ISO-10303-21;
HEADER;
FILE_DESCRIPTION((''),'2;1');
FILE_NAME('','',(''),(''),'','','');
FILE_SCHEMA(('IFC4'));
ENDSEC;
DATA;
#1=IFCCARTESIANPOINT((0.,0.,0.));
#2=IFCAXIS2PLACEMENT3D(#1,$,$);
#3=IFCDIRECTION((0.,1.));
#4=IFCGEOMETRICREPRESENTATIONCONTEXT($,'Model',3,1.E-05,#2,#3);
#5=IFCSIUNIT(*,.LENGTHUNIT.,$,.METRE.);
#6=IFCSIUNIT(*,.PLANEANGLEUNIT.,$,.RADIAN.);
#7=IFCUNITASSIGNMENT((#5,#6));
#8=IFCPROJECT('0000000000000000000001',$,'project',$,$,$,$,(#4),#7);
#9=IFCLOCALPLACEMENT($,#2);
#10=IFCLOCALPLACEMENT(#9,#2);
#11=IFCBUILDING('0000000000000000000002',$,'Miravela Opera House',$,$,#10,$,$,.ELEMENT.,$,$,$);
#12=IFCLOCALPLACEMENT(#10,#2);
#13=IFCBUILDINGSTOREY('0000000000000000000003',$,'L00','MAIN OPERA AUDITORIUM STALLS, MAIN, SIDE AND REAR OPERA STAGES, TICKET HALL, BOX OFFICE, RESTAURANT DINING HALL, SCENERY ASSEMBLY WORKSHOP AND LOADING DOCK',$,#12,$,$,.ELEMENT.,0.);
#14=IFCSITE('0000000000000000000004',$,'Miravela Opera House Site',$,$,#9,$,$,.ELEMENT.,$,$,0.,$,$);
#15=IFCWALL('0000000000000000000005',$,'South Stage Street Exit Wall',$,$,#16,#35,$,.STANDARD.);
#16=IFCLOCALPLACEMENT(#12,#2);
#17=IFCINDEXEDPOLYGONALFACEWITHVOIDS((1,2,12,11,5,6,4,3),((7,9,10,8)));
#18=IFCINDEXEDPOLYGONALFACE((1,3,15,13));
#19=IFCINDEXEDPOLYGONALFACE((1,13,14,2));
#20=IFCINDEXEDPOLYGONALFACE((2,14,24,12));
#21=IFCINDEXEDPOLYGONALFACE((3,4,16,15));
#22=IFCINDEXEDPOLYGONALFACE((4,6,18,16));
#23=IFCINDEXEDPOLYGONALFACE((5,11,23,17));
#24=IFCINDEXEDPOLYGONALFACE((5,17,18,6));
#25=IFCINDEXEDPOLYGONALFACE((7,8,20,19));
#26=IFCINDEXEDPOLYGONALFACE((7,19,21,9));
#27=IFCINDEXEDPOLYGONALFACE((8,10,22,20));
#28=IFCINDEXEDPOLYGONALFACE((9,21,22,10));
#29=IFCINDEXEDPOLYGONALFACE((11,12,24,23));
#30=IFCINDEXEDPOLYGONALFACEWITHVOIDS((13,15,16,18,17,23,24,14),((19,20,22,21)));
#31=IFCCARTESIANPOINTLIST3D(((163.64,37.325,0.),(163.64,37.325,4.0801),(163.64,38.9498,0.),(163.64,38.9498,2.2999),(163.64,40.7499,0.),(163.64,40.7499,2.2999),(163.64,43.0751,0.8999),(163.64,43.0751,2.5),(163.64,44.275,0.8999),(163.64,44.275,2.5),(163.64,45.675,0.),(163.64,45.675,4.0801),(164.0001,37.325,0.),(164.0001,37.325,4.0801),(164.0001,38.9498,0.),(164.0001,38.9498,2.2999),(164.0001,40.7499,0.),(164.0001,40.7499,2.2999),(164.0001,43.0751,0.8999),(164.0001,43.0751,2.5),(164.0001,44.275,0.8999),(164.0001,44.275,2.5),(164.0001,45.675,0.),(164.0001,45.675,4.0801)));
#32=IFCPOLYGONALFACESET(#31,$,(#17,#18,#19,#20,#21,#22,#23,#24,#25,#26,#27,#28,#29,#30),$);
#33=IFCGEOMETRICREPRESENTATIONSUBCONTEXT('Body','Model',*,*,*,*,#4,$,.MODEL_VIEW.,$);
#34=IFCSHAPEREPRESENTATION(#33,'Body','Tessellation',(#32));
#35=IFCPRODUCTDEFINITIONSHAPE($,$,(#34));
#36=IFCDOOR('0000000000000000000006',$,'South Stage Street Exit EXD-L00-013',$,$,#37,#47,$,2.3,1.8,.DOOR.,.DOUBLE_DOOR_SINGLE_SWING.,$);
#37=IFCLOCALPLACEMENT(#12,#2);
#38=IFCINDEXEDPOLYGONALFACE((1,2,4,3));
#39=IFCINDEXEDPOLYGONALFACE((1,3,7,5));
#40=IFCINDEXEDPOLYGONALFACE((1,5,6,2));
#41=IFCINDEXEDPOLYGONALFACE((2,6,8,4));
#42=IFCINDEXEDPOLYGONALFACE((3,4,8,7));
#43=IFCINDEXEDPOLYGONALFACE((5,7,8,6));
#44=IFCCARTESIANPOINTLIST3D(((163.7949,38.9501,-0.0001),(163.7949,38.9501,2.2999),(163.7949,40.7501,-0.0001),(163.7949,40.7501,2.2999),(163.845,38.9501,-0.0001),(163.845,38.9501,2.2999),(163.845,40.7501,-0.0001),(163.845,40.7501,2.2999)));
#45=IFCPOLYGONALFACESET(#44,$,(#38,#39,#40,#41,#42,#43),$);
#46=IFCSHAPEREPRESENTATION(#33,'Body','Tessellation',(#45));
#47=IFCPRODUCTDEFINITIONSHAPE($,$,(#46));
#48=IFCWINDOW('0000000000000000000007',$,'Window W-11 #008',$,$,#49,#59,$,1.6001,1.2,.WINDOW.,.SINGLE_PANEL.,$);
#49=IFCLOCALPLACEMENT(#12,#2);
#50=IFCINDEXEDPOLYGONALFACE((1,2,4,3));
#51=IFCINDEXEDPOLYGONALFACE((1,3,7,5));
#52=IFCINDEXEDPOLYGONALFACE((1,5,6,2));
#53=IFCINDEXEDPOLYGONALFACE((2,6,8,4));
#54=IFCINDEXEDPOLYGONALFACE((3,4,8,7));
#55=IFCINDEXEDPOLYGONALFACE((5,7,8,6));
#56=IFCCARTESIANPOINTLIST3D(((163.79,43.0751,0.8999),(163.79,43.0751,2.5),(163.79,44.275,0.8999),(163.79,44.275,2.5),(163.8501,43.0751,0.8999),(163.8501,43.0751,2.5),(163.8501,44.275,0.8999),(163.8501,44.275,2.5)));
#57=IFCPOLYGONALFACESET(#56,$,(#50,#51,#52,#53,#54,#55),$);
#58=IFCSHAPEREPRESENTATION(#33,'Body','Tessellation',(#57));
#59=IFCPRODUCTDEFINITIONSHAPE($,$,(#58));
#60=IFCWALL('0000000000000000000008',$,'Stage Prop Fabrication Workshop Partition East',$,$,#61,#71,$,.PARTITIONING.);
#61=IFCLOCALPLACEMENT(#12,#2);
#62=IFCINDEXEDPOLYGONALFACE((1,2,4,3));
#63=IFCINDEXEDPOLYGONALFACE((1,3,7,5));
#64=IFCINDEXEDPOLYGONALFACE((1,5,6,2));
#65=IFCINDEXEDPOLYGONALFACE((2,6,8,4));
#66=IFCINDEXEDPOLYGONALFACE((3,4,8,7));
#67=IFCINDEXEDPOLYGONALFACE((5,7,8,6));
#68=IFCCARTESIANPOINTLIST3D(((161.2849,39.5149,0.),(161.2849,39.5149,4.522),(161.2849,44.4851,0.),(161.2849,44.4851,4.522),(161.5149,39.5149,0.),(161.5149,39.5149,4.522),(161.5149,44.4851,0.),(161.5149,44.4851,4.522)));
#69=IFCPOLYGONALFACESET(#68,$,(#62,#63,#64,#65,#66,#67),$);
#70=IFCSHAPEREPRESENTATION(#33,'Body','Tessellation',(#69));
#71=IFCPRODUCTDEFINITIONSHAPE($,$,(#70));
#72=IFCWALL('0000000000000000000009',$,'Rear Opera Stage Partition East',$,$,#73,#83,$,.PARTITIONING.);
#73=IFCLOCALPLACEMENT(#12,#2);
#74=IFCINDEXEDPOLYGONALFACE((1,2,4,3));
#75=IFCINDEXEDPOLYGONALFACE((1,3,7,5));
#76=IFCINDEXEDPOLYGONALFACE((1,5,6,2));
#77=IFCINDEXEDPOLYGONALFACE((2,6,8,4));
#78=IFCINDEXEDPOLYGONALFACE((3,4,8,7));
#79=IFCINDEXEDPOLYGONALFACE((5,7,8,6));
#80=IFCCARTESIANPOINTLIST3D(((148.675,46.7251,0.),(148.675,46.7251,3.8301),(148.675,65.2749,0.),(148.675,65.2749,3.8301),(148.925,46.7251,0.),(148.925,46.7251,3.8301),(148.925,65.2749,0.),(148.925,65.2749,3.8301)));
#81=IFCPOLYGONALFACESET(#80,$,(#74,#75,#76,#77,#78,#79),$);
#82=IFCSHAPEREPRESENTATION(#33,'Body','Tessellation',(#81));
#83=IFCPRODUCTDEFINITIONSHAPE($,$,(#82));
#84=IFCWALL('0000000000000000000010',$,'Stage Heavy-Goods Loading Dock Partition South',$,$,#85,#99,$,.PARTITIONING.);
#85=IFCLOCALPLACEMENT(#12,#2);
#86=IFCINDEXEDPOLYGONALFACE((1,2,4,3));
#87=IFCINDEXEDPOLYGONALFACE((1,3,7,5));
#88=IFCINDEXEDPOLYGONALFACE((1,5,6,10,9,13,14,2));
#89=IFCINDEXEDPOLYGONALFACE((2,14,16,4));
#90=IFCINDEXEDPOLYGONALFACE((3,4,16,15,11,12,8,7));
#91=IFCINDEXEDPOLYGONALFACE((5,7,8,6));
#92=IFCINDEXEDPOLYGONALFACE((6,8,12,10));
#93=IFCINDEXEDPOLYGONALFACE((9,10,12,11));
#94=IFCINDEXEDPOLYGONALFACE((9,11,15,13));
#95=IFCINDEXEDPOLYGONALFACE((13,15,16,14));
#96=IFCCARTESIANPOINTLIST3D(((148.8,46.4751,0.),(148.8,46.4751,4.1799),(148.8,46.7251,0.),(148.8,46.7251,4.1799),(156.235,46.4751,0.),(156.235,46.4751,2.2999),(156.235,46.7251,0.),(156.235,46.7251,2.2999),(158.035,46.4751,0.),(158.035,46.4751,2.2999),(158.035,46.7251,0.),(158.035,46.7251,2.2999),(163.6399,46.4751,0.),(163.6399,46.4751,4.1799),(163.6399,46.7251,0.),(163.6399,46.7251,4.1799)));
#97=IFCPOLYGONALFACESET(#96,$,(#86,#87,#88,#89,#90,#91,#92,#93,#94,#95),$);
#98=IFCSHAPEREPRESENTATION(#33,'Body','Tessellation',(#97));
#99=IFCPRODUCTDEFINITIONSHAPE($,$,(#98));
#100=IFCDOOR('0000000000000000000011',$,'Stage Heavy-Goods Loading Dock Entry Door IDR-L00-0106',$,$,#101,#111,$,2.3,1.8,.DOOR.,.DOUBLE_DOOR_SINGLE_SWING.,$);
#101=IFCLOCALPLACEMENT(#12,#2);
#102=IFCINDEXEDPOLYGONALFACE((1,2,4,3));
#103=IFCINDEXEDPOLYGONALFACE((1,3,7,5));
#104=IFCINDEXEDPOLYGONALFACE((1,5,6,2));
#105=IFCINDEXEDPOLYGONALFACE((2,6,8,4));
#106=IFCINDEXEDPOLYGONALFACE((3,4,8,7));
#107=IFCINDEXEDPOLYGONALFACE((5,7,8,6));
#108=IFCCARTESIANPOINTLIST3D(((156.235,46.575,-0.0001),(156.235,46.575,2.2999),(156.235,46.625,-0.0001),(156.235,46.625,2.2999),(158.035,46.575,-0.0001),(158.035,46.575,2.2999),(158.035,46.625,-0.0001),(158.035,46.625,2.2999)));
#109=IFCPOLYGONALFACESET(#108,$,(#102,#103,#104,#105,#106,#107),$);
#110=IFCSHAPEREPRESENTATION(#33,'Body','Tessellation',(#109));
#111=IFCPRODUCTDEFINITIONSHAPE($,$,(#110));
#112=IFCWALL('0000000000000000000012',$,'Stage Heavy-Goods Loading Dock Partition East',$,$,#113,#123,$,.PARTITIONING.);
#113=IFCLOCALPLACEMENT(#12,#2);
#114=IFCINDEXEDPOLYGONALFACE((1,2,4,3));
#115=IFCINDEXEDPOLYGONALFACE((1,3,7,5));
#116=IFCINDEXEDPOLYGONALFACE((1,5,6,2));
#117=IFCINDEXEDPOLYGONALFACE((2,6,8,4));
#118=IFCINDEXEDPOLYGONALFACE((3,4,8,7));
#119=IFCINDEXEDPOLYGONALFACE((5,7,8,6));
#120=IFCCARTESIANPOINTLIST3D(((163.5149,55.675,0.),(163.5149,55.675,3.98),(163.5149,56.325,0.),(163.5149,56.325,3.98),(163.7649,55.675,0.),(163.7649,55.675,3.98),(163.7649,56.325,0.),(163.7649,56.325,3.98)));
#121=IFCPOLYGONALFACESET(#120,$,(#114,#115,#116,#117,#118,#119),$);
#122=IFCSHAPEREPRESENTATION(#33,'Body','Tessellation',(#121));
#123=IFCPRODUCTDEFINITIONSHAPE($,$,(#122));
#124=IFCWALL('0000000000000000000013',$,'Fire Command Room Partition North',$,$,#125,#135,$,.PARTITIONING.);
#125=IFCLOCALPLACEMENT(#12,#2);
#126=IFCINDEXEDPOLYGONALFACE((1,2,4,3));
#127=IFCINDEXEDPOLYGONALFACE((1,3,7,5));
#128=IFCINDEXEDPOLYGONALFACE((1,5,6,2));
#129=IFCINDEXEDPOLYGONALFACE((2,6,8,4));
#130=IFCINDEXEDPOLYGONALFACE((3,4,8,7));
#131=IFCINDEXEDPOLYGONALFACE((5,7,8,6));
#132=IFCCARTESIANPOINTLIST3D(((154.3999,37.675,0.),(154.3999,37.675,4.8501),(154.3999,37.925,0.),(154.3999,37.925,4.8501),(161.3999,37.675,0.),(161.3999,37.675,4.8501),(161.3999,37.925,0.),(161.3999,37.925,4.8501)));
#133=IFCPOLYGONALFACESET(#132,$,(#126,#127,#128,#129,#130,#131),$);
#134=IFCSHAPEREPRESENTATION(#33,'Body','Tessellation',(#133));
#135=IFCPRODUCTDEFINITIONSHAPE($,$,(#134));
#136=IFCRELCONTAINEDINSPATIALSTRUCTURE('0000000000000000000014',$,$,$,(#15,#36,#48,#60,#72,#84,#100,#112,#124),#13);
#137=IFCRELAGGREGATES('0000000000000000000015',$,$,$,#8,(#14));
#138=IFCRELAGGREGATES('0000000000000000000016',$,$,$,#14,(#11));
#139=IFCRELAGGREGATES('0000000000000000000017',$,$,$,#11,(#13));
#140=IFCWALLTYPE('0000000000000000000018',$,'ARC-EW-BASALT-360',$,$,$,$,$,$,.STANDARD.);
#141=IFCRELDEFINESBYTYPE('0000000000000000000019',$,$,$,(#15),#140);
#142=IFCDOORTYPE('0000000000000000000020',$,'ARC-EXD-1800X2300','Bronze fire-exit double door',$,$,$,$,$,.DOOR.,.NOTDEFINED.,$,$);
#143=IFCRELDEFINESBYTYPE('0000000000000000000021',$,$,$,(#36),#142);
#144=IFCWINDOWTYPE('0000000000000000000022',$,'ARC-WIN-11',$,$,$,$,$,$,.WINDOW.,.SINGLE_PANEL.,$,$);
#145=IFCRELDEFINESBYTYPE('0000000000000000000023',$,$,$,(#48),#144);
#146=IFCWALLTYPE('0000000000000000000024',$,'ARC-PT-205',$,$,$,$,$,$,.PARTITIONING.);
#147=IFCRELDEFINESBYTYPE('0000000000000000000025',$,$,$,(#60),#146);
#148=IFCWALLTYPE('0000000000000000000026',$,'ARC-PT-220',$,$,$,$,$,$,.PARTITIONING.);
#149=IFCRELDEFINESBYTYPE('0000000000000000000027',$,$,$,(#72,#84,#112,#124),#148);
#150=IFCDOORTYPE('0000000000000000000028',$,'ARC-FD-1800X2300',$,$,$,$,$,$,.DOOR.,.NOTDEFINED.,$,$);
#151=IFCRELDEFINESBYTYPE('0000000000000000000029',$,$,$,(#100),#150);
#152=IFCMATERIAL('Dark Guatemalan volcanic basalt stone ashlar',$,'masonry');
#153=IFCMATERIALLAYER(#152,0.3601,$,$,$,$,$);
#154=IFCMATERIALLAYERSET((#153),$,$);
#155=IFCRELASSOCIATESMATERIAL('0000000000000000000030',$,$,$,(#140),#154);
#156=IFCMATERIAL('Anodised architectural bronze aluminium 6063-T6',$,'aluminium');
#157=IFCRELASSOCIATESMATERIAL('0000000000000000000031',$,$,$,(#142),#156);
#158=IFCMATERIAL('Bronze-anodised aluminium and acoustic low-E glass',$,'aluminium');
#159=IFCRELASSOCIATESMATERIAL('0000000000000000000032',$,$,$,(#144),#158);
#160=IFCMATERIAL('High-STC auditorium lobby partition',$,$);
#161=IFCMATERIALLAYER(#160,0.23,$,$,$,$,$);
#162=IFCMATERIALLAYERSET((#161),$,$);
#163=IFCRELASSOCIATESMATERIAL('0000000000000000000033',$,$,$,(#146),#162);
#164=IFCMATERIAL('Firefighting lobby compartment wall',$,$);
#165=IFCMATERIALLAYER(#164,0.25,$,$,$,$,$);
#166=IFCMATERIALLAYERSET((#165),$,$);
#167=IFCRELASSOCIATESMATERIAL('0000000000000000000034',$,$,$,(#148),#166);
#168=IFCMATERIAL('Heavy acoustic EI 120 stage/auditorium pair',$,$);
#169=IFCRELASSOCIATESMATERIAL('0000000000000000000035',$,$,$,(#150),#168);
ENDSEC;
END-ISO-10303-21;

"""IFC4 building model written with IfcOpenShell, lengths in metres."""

from ifc_helpers import new_model, si_unit, direction, frame, frame_2d, origin, place, context, subcontext, project, spatial, rectangle, extrude, material, layer, layer_set, type_object, element, fill, save


model = new_model("IFC4")

# Units and contexts
model_context = context("Model", 3, precision=1e-05, world=origin(), true_north=direction((0.0, 1.0)))
body_context = subcontext(model_context, "Body", "Model", "MODEL_VIEW")
ifc_project = project(units=[si_unit("LENGTHUNIT", "METRE"), si_unit("PLANEANGLEUNIT", "RADIAN")], contexts=[model_context])

# Site, building, storey
site_placement = place(None, origin())
site = spatial("IfcSite", under=ifc_project, at=site_placement, Name="Miravela Opera House Site", CompositionType="ELEMENT", RefElevation=0.0)
building_placement = place(site_placement, origin())
building = spatial("IfcBuilding", under=site, at=building_placement, Name="Miravela Opera House", CompositionType="ELEMENT")
storey_placement = place(building_placement, origin())
storey = spatial("IfcBuildingStorey", under=building, at=storey_placement, Name="L00", Description="MAIN OPERA AUDITORIUM STALLS, MAIN, SIDE AND REAR OPERA STAGES, TICKET HALL, BOX OFFICE, RESTAURANT DINING HALL, SCENERY ASSEMBLY WORKSHOP AND LOADING DOCK", CompositionType="ELEMENT", Elevation=0.0)

# Wall, openings, door, window
ifc_material_1 = material(Name="Dark Guatemalan volcanic basalt stone ashlar", Category="masonry")
ifc_layer_1 = layer(ifc_material_1, 0.3601)
ifc_layer_set_1 = layer_set([ifc_layer_1])
wall_type_1 = type_object("IfcWallType", Name="ARC-EW-BASALT-360", PredefinedType="STANDARD", material=ifc_layer_set_1)
wall_1_placement = place(storey_placement, frame((163.8201, 37.325, 0.0), z_axis=(0.0, 0.0, 1.0), x_axis=(0.0, 1.0, 0.0)))
wall_1 = element("IfcWall", 1, at=wall_1_placement, inside=storey, type_object=wall_type_1, Name="South Stage Street Exit Wall", PredefinedType="STANDARD", context=body_context, shape_type="SweptSolid", body=[
    extrude(rectangle(XDim=8.3501, YDim=0.3601, at=frame_2d((4.175, 0.0))), origin(), (0.0, 0.0, 1.0), 4.0801),
])
opening_1_placement = place(wall_1_placement, frame((1.625, 0.0, 0.0)))
opening_1 = element("IfcOpeningElement", 2, at=opening_1_placement, cuts=wall_1, PredefinedType="OPENING", context=body_context, shape_type="SweptSolid", body=[
    extrude(rectangle(XDim=1.8, YDim=2.3, at=frame_2d((0.8999, 1.1499))), frame((0.0, 0.1899, 0.0), z_axis=(0.0, -1.0, 0.0), x_axis=(1.0, 0.0, 0.0)), (0.0, 0.0, 1.0), 0.3801),
])
opening_2_placement = place(wall_1_placement, frame((5.75, 0.0, 0.8999)))
opening_2 = element("IfcOpeningElement", 3, at=opening_2_placement, cuts=wall_1, PredefinedType="OPENING", context=body_context, shape_type="SweptSolid", body=[
    extrude(rectangle(XDim=1.2, YDim=1.6001, at=frame_2d((0.6001, 0.8))), frame((0.0, 0.1899, 0.0), z_axis=(0.0, -1.0, 0.0), x_axis=(1.0, 0.0, 0.0)), (0.0, 0.0, 1.0), 0.3801),
])
ifc_material_2 = material(Name="Anodised architectural bronze aluminium 6063-T6", Category="aluminium")
door_type_1 = type_object("IfcDoorType", Name="ARC-EXD-1800X2300", Description="Bronze fire-exit double door", OperationType="NOTDEFINED", PredefinedType="DOOR", material=ifc_material_2)
door_1_placement = place(opening_1_placement, frame((1.8, 0.0, 0.0), z_axis=(0.0, 0.0, 1.0), x_axis=(-1.0, 0.0, 0.0)))
door_1 = element("IfcDoor", 4, at=door_1_placement, inside=storey, type_object=door_type_1, Name="South Stage Street Exit EXD-L00-013", OperationType="DOUBLE_DOOR_SINGLE_SWING", OverallHeight=2.3, OverallWidth=1.8, PredefinedType="DOOR", context=body_context, shape_type="SweptSolid", body=[
    extrude(rectangle(XDim=1.8, YDim=2.3, at=frame_2d((0.8999, 1.1499))), frame((0.0, 0.0249, 0.0), z_axis=(0.0, -1.0, 0.0), x_axis=(1.0, 0.0, 0.0)), (0.0, 0.0, 1.0), 0.05),
])
fill(opening_1, door_1)
ifc_material_3 = material(Name="Bronze-anodised aluminium and acoustic low-E glass", Category="aluminium")
window_type = type_object("IfcWindowType", Name="ARC-WIN-11", PartitioningType="SINGLE_PANEL", PredefinedType="WINDOW", material=ifc_material_3)
window_placement = place(opening_2_placement, origin())
window = element("IfcWindow", 5, at=window_placement, inside=storey, type_object=window_type, Name="Window W-11 #008", OverallHeight=1.6001, OverallWidth=1.2, PartitioningType="SINGLE_PANEL", PredefinedType="WINDOW", context=body_context, shape_type="SweptSolid", body=[
    extrude(rectangle(XDim=1.2, YDim=1.6001, at=frame_2d((0.6001, 0.8))), frame((0.0, 0.03, 0.0), z_axis=(0.0, -1.0, 0.0), x_axis=(1.0, 0.0, 0.0)), (0.0, 0.0, 1.0), 0.0601),
])
fill(opening_2, window)

# Walls
ifc_material_4 = material(Name="High-STC auditorium lobby partition")
ifc_layer_2 = layer(ifc_material_4, 0.23)
ifc_layer_set_2 = layer_set([ifc_layer_2])
wall_type_2 = type_object("IfcWallType", Name="ARC-PT-205", PredefinedType="PARTITIONING", material=ifc_layer_set_2)
wall_2_placement = place(storey_placement, frame((161.3999, 39.5149, 0.0), z_axis=(0.0, 0.0, 1.0), x_axis=(0.0, 1.0, 0.0)))
element("IfcWall", 6, at=wall_2_placement, inside=storey, type_object=wall_type_2, Name="Stage Prop Fabrication Workshop Partition East", PredefinedType="PARTITIONING", context=body_context, shape_type="SweptSolid", body=[
    extrude(rectangle(XDim=4.9702, YDim=0.23, at=frame_2d((2.4851, 0.0))), origin(), (0.0, 0.0, 1.0), 4.522),
])
ifc_material_5 = material(Name="Firefighting lobby compartment wall")
ifc_layer_3 = layer(ifc_material_5, 0.25)
ifc_layer_set_3 = layer_set([ifc_layer_3])
wall_type_3 = type_object("IfcWallType", Name="ARC-PT-220", PredefinedType="PARTITIONING", material=ifc_layer_set_3)
wall_3_placement = place(storey_placement, frame((148.8, 46.7251, 0.0), z_axis=(0.0, 0.0, 1.0), x_axis=(0.0, 1.0, 0.0)))
element("IfcWall", 7, at=wall_3_placement, inside=storey, type_object=wall_type_3, Name="Rear Opera Stage Partition East", PredefinedType="PARTITIONING", context=body_context, shape_type="SweptSolid", body=[
    extrude(rectangle(XDim=18.5498, YDim=0.25, at=frame_2d((9.2749, 0.0))), origin(), (0.0, 0.0, 1.0), 3.8301),
])

# Wall, opening, door
wall_4_placement = place(storey_placement, frame((148.8, 46.6001, 0.0), z_axis=(0.0, 0.0, 1.0), x_axis=(1.0, 0.0, 0.0)))
wall_4 = element("IfcWall", 8, at=wall_4_placement, inside=storey, type_object=wall_type_3, Name="Stage Heavy-Goods Loading Dock Partition South", PredefinedType="PARTITIONING", context=body_context, shape_type="SweptSolid", body=[
    extrude(rectangle(XDim=14.8398, YDim=0.25, at=frame_2d((7.4199, 0.0))), origin(), (0.0, 0.0, 1.0), 4.1799),
])
opening_3_placement = place(wall_4_placement, frame((7.4351, 0.0, 0.0)))
opening_3 = element("IfcOpeningElement", 9, at=opening_3_placement, cuts=wall_4, PredefinedType="OPENING", context=body_context, shape_type="SweptSolid", body=[
    extrude(rectangle(XDim=1.8, YDim=2.3, at=frame_2d((0.8999, 1.1499))), frame((0.0, 0.135, 0.0), z_axis=(0.0, -1.0, 0.0), x_axis=(1.0, 0.0, 0.0)), (0.0, 0.0, 1.0), 0.27),
])
ifc_material_6 = material(Name="Heavy acoustic EI 120 stage/auditorium pair")
door_type_2 = type_object("IfcDoorType", Name="ARC-FD-1800X2300", OperationType="NOTDEFINED", PredefinedType="DOOR", material=ifc_material_6)
door_2_placement = place(opening_3_placement, origin())
door_2 = element("IfcDoor", 10, at=door_2_placement, inside=storey, type_object=door_type_2, Name="Stage Heavy-Goods Loading Dock Entry Door IDR-L00-0106", OperationType="DOUBLE_DOOR_SINGLE_SWING", OverallHeight=2.3, OverallWidth=1.8, PredefinedType="DOOR", context=body_context, shape_type="SweptSolid", body=[
    extrude(rectangle(XDim=1.8, YDim=2.3, at=frame_2d((0.8999, 1.1499))), frame((0.0, 0.0249, 0.0), z_axis=(0.0, -1.0, 0.0), x_axis=(1.0, 0.0, 0.0)), (0.0, 0.0, 1.0), 0.05),
])
fill(opening_3, door_2)

# Walls
wall_5_placement = place(storey_placement, frame((163.6399, 55.675, 0.0), z_axis=(0.0, 0.0, 1.0), x_axis=(0.0, 1.0, 0.0)))
element("IfcWall", 11, at=wall_5_placement, inside=storey, type_object=wall_type_3, Name="Stage Heavy-Goods Loading Dock Partition East", PredefinedType="PARTITIONING", context=body_context, shape_type="SweptSolid", body=[
    extrude(rectangle(XDim=0.6499, YDim=0.25, at=frame_2d((0.325, 0.0))), origin(), (0.0, 0.0, 1.0), 3.98),
])
wall_6_placement = place(storey_placement, frame((154.3999, 37.8, 0.0), z_axis=(0.0, 0.0, 1.0), x_axis=(1.0, 0.0, 0.0)))
element("IfcWall", 12, at=wall_6_placement, inside=storey, type_object=wall_type_3, Name="Fire Command Room Partition North", PredefinedType="PARTITIONING", context=body_context, shape_type="SweptSolid", body=[
    extrude(rectangle(XDim=7.0, YDim=0.25, at=frame_2d((3.5, 0.0))), origin(), (0.0, 0.0, 1.0), 4.8501),
])

save(model, "model.ifc")
